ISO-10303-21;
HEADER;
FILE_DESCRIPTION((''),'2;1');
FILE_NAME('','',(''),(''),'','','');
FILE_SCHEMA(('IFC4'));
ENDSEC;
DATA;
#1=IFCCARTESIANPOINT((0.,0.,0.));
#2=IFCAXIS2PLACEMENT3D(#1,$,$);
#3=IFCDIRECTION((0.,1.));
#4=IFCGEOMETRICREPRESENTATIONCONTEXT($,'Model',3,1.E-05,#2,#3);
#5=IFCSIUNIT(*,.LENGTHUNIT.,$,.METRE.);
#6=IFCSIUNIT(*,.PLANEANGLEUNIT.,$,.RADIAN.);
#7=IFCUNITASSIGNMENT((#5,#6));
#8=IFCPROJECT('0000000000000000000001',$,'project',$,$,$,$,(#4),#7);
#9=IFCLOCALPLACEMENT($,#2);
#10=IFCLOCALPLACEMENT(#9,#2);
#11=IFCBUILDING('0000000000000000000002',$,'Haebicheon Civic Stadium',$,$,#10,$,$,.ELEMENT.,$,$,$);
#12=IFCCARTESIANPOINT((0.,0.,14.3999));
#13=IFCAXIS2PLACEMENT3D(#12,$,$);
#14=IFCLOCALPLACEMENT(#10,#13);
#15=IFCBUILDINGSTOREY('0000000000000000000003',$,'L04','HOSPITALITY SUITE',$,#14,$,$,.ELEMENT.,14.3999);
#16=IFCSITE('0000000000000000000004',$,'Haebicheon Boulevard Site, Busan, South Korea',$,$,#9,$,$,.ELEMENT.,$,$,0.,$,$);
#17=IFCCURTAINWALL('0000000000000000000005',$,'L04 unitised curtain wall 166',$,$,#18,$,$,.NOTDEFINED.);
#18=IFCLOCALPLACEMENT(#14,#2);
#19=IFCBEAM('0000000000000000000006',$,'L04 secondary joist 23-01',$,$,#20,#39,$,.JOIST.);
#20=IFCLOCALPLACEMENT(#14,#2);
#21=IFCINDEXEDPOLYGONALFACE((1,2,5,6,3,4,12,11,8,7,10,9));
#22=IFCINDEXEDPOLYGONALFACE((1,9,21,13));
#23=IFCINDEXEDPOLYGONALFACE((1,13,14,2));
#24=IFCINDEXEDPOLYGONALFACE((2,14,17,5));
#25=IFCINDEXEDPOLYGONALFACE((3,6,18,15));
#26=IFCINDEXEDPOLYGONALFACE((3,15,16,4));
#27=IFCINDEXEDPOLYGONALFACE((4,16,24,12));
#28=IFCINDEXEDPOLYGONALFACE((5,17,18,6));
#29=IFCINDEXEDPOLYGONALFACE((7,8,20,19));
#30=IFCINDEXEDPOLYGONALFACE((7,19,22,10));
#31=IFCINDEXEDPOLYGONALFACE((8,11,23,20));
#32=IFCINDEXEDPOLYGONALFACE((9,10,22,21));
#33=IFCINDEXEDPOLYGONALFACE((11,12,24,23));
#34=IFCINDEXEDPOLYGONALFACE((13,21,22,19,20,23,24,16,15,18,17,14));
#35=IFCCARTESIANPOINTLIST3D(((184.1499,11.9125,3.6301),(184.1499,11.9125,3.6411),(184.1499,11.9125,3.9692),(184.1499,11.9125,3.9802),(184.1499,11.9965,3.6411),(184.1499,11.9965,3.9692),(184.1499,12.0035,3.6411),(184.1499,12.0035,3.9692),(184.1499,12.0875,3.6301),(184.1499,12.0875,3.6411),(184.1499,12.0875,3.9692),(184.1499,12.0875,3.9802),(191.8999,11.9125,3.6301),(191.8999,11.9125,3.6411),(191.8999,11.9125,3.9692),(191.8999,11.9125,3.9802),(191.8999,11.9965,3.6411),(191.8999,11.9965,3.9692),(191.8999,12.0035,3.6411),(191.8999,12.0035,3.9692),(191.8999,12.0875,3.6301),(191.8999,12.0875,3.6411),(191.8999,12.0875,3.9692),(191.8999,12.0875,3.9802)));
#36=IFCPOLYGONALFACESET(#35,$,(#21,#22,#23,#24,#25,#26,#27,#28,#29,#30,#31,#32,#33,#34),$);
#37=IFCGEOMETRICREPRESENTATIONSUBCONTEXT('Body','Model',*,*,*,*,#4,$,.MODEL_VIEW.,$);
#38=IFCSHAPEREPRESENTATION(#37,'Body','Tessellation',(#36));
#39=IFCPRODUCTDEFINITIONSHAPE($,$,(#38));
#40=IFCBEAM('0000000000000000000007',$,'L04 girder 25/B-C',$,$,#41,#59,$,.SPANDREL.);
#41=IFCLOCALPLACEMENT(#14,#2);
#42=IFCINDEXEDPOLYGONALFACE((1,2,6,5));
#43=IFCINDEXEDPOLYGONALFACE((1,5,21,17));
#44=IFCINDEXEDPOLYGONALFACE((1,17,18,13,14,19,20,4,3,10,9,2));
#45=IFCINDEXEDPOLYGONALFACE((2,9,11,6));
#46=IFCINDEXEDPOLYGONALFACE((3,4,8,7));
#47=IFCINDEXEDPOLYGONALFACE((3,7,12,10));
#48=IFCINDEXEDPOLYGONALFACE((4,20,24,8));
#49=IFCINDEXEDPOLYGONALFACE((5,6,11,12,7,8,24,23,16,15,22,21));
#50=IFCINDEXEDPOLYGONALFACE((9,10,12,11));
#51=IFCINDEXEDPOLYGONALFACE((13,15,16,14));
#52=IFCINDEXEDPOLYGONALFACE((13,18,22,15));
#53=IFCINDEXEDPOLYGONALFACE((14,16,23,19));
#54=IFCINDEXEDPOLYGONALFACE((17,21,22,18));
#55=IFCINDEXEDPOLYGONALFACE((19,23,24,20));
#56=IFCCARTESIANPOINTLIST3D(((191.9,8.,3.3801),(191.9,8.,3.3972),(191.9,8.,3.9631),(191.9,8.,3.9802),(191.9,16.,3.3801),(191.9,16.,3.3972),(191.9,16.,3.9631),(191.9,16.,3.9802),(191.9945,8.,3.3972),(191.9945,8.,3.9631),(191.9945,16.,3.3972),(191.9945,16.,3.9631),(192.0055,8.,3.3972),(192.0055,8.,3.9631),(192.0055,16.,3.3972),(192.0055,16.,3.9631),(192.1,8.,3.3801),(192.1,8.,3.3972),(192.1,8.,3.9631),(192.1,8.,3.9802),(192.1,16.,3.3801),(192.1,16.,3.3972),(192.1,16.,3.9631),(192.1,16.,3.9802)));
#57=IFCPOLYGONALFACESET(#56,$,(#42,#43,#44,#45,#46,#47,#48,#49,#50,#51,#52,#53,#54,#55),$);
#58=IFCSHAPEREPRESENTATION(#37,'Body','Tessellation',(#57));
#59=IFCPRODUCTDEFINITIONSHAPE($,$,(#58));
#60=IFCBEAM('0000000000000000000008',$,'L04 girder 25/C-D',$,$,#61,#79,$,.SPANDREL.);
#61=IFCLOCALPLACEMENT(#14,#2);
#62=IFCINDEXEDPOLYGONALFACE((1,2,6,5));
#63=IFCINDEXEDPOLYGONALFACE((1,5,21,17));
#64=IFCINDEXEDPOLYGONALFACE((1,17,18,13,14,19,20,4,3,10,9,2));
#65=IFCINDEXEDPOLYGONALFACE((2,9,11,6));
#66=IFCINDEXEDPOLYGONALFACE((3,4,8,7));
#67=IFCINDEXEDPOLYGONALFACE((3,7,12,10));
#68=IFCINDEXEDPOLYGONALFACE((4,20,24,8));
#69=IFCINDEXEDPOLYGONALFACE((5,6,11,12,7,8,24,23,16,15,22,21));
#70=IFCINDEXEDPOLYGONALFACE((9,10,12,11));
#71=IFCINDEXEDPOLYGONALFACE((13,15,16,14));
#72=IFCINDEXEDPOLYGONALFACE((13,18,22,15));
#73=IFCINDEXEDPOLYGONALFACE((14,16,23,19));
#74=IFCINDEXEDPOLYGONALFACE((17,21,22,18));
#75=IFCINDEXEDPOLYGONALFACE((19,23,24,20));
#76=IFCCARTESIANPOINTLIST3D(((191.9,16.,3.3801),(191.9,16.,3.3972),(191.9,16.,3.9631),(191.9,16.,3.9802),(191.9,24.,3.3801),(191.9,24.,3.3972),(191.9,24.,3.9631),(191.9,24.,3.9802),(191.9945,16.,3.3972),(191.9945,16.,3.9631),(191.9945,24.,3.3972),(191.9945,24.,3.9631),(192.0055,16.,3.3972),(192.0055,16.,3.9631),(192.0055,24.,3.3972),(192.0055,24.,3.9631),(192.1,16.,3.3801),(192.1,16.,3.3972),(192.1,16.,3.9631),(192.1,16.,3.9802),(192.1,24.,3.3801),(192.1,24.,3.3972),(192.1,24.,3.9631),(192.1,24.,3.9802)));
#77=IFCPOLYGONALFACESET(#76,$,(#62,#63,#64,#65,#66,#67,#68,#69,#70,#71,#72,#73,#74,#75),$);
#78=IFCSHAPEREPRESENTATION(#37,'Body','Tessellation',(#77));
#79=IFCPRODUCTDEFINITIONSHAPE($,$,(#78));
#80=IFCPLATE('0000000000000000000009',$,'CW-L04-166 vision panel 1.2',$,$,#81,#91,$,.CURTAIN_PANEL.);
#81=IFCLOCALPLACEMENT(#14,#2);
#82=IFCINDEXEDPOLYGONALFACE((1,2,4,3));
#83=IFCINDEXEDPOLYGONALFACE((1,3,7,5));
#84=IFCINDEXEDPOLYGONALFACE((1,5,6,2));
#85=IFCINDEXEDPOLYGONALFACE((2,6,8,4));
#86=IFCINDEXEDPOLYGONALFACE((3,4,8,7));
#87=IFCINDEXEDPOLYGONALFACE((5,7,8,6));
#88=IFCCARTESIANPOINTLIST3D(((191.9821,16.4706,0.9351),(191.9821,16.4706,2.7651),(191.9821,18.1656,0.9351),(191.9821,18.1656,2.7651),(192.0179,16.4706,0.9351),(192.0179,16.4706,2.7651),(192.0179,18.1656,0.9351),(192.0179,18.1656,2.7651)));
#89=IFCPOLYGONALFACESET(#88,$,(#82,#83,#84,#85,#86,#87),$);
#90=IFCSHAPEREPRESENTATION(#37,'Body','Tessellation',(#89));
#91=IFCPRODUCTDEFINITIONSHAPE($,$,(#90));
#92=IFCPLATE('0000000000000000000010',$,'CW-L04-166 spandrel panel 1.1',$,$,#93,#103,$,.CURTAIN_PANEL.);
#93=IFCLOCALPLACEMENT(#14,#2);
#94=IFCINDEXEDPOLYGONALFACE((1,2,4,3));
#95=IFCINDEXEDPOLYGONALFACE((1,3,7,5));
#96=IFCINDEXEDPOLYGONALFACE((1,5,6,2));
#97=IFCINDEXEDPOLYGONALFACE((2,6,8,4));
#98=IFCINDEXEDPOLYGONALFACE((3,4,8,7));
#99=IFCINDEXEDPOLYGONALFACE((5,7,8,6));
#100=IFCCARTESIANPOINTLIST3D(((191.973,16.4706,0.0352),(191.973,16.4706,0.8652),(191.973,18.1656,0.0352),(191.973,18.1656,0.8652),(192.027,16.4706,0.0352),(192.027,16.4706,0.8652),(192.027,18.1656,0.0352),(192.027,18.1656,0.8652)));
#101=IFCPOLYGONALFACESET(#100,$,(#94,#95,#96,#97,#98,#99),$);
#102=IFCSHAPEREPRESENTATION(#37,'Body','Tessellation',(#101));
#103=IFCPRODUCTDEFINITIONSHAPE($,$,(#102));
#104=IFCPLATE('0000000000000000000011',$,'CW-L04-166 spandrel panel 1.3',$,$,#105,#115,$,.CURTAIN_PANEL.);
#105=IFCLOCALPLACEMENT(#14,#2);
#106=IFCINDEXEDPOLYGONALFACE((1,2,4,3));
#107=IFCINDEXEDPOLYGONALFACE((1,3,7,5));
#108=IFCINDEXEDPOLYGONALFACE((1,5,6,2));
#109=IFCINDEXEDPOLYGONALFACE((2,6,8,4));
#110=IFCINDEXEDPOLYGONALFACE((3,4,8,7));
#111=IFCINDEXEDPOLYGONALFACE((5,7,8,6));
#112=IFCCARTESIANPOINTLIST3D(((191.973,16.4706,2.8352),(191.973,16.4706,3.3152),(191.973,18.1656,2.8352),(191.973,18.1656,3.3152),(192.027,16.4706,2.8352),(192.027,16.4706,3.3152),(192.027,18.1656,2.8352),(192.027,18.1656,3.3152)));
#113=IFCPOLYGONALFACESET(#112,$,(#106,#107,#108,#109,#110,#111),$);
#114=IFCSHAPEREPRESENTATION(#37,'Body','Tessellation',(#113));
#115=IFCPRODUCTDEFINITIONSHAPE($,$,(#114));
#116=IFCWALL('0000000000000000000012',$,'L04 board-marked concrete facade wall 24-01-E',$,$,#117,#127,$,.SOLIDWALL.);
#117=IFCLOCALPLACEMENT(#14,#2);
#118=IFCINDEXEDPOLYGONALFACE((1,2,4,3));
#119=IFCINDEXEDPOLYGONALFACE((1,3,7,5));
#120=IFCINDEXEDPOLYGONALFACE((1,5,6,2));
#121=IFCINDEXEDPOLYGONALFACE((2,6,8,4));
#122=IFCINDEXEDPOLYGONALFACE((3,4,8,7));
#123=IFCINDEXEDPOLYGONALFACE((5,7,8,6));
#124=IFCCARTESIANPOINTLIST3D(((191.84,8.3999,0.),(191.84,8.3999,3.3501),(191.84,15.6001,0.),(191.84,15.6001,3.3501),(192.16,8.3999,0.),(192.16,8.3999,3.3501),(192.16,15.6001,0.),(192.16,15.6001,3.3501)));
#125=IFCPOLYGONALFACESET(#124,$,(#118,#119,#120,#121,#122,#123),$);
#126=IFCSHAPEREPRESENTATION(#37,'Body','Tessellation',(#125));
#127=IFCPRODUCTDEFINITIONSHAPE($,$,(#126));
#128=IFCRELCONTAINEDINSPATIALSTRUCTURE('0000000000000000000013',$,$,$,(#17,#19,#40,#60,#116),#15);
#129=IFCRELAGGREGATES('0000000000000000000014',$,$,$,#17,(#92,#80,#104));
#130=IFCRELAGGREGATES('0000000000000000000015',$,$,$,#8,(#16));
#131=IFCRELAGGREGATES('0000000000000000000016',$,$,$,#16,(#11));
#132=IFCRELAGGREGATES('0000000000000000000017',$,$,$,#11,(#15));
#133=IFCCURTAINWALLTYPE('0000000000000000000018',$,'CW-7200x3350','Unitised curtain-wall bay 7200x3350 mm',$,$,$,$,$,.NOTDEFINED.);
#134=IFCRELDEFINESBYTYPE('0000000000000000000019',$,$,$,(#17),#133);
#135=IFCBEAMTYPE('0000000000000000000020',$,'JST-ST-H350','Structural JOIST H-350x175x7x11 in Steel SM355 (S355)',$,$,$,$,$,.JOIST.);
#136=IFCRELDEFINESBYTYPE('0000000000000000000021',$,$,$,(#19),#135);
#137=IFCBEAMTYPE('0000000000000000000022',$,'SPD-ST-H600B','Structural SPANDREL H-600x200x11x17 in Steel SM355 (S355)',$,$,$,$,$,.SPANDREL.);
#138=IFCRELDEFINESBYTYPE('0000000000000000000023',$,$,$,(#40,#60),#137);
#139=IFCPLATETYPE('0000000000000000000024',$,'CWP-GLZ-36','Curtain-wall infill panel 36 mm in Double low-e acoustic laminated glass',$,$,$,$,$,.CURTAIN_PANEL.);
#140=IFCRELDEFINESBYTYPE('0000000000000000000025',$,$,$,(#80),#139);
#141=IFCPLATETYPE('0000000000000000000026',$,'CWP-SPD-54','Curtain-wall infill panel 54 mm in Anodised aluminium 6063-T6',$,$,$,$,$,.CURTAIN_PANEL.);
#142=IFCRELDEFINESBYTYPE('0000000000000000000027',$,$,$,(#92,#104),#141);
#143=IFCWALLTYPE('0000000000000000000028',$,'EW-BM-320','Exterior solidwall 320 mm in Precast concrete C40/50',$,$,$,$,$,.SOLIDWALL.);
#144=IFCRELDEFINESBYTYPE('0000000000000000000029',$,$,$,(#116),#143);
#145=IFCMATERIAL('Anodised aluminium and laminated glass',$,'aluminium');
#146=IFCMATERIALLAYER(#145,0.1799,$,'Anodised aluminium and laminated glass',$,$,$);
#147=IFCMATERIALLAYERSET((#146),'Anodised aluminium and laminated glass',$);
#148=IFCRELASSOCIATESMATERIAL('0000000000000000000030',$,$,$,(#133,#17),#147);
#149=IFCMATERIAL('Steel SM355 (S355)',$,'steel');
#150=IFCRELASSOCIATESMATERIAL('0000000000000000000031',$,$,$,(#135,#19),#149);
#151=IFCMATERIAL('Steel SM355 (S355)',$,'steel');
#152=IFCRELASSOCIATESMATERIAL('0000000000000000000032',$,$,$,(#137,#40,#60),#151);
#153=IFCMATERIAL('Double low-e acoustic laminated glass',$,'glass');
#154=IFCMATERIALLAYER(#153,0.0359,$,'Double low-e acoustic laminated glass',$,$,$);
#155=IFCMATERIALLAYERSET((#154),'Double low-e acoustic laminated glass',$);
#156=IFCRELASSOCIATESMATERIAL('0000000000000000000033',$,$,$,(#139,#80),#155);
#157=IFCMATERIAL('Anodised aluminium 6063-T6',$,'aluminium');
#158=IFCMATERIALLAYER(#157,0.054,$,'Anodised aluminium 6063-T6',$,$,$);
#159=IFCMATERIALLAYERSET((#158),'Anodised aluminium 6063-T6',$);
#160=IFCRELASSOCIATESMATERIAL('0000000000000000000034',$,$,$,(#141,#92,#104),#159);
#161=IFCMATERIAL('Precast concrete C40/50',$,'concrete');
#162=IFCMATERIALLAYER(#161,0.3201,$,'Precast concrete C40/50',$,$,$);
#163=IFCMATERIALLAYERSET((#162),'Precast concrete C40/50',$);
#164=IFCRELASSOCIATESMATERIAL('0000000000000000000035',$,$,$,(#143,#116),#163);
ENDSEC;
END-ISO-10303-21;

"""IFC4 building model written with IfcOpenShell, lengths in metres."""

from ifc_helpers import new_model, si_unit, direction, frame, frame_2d, origin, origin_2d, place, context, subcontext, project, spatial, rectangle, i_section, extrude, material, layer, layer_set, material_profile, profile_set, type_object, element, aggregate, save


model = new_model("IFC4")

# Units and contexts
model_context = context("Model", 3, precision=1e-05, world=origin(), true_north=direction((0.0, 1.0)))
body_context = subcontext(model_context, "Body", "Model", "MODEL_VIEW")
ifc_project = project(units=[si_unit("LENGTHUNIT", "METRE"), si_unit("PLANEANGLEUNIT", "RADIAN")], contexts=[model_context])

# Site, building, storey
site_placement = place(None, origin())
site = spatial("IfcSite", under=ifc_project, at=site_placement, Name="Haebicheon Boulevard Site, Busan, South Korea", CompositionType="ELEMENT", RefElevation=0.0)
building_placement = place(site_placement, origin())
building = spatial("IfcBuilding", under=site, at=building_placement, Name="Haebicheon Civic Stadium", CompositionType="ELEMENT")
storey_placement = place(building_placement, frame((0.0, 0.0, 14.3999)))
storey = spatial("IfcBuildingStorey", under=building, at=storey_placement, Name="L04", Description="HOSPITALITY SUITE", CompositionType="ELEMENT", Elevation=14.3999)

# Curtain wall
ifc_material_1 = material(Name="Anodised aluminium and laminated glass", Category="aluminium")
ifc_layer_1 = layer(ifc_material_1, 0.1799, Name="Anodised aluminium and laminated glass")
ifc_layer_set_1 = layer_set([ifc_layer_1], Name="Anodised aluminium and laminated glass")
curtain_wall_type = type_object("IfcCurtainWallType", Name="CW-7200x3350", Description="Unitised curtain-wall bay 7200x3350 mm", PredefinedType="NOTDEFINED", material=ifc_layer_set_1)
curtain_wall_placement = place(storey_placement, origin())
curtain_wall = element("IfcCurtainWall", 1, at=curtain_wall_placement, inside=storey, type_object=curtain_wall_type, material=ifc_layer_set_1, Name="L04 unitised curtain wall 166", PredefinedType="NOTDEFINED")

# Beams
ifc_material_2 = material(Name="Steel SM355 (S355)", Category="steel")
ifc_material_profile_1 = material_profile(ifc_material_2, i_section(OverallWidth=0.175, OverallDepth=0.3501, WebThickness=0.0071, FlangeThickness=0.011, at=origin_2d()), Name="H-350x175x7x11")
ifc_profile_set_1 = profile_set([ifc_material_profile_1], Name="Steel SM355 (S355)")
beam_type_1 = type_object("IfcBeamType", Name="JST-ST-H350", Description="Structural JOIST H-350x175x7x11 in Steel SM355 (S355)", PredefinedType="JOIST", material=ifc_profile_set_1)
beam_1_placement = place(storey_placement, frame((184.1499, 12.0, 3.8052), z_axis=(1.0, 0.0, 0.0), x_axis=(0.0, 1.0, 0.0)))
element("IfcBeam", 2, at=beam_1_placement, inside=storey, type_object=beam_type_1, material=ifc_profile_set_1, Name="L04 secondary joist 23-01", PredefinedType="JOIST", context=body_context, shape_type="SweptSolid", body=[
    extrude(i_section(OverallWidth=0.175, OverallDepth=0.3501, WebThickness=0.0071, FlangeThickness=0.011, at=origin_2d()), origin(), (0.0, 0.0, 1.0), 7.75),
])
ifc_material_3 = material(Name="Steel SM355 (S355)", Category="steel")
ifc_material_profile_2 = material_profile(ifc_material_3, i_section(OverallWidth=0.2, OverallDepth=0.6001, WebThickness=0.011, FlangeThickness=0.0171, at=origin_2d()), Name="H-600x200x11x17")
ifc_profile_set_2 = profile_set([ifc_material_profile_2], Name="Steel SM355 (S355)")
beam_type_2 = type_object("IfcBeamType", Name="SPD-ST-H600B", Description="Structural SPANDREL H-600x200x11x17 in Steel SM355 (S355)", PredefinedType="SPANDREL", material=ifc_profile_set_2)
for number, where, z_axis, x_axis, name in (
    (3, (192.0, 8.0, 3.6802), (0.0, 1.0, 0.0), (-1.0, 0.0, 0.0), "L04 girder 25/B-C"),
    (4, (192.0, 16.0, 3.6802), (0.0, 1.0, 0.0), (-1.0, 0.0, 0.0), "L04 girder 25/C-D"),
):
    element("IfcBeam", number, at=place(storey_placement, frame(where, z_axis=z_axis, x_axis=x_axis)), inside=storey, type_object=beam_type_2, material=ifc_profile_set_2, Name=name, PredefinedType="SPANDREL", context=body_context, shape_type="SweptSolid", body=[
        extrude(i_section(OverallWidth=0.2, OverallDepth=0.6001, WebThickness=0.011, FlangeThickness=0.0171, at=origin_2d()), origin(), (0.0, 0.0, 1.0), 8.0),
    ])

# Plates
ifc_material_4 = material(Name="Double low-e acoustic laminated glass", Category="glass")
ifc_layer_2 = layer(ifc_material_4, 0.0359, Name="Double low-e acoustic laminated glass")
ifc_layer_set_2 = layer_set([ifc_layer_2], Name="Double low-e acoustic laminated glass")
plate_type_1 = type_object("IfcPlateType", Name="CWP-GLZ-36", Description="Curtain-wall infill panel 36 mm in Double low-e acoustic laminated glass", PredefinedType="CURTAIN_PANEL", material=ifc_layer_set_2)
plate_1_placement = place(storey_placement, frame((192.0, 17.3181, 0.9351), z_axis=(0.0, 0.0, 1.0), x_axis=(0.0, 1.0, 0.0)))
plate_1 = element("IfcPlate", 5, at=plate_1_placement, type_object=plate_type_1, material=ifc_layer_set_2, Name="CW-L04-166 vision panel 1.2", PredefinedType="CURTAIN_PANEL", context=body_context, shape_type="SweptSolid", body=[
    extrude(rectangle(XDim=1.6951, YDim=0.0359, at=origin_2d()), origin(), (0.0, 0.0, 1.0), 1.8301),
])
ifc_material_5 = material(Name="Anodised aluminium 6063-T6", Category="aluminium")
ifc_layer_3 = layer(ifc_material_5, 0.054, Name="Anodised aluminium 6063-T6")
ifc_layer_set_3 = layer_set([ifc_layer_3], Name="Anodised aluminium 6063-T6")
plate_type_2 = type_object("IfcPlateType", Name="CWP-SPD-54", Description="Curtain-wall infill panel 54 mm in Anodised aluminium 6063-T6", PredefinedType="CURTAIN_PANEL", material=ifc_layer_set_3)
plate_2_placement = place(storey_placement, frame((192.0, 17.3181, 0.0352), z_axis=(0.0, 0.0, 1.0), x_axis=(0.0, 1.0, 0.0)))
plate_2 = element("IfcPlate", 6, at=plate_2_placement, type_object=plate_type_2, material=ifc_layer_set_3, Name="CW-L04-166 spandrel panel 1.1", PredefinedType="CURTAIN_PANEL", context=body_context, shape_type="SweptSolid", body=[
    extrude(rectangle(XDim=1.6951, YDim=0.054, at=origin_2d()), origin(), (0.0, 0.0, 1.0), 0.8301),
])
plate_3_placement = place(storey_placement, frame((192.0, 17.3181, 2.8352), z_axis=(0.0, 0.0, 1.0), x_axis=(0.0, 1.0, 0.0)))
plate_3 = element("IfcPlate", 7, at=plate_3_placement, type_object=plate_type_2, material=ifc_layer_set_3, Name="CW-L04-166 spandrel panel 1.3", PredefinedType="CURTAIN_PANEL", context=body_context, shape_type="SweptSolid", body=[
    extrude(rectangle(XDim=1.6951, YDim=0.054, at=origin_2d()), origin(), (0.0, 0.0, 1.0), 0.48),
])
aggregate(curtain_wall, [plate_2, plate_1, plate_3])

# Wall
ifc_material_6 = material(Name="Precast concrete C40/50", Category="concrete")
ifc_layer_4 = layer(ifc_material_6, 0.3201, Name="Precast concrete C40/50")
ifc_layer_set_4 = layer_set([ifc_layer_4], Name="Precast concrete C40/50")
wall_type = type_object("IfcWallType", Name="EW-BM-320", Description="Exterior solidwall 320 mm in Precast concrete C40/50", PredefinedType="SOLIDWALL", material=ifc_layer_set_4)
wall_placement = place(storey_placement, frame((192.0, 8.3999, 0.0), z_axis=(0.0, 0.0, 1.0), x_axis=(0.0, 1.0, 0.0)))
element("IfcWall", 8, at=wall_placement, inside=storey, type_object=wall_type, material=ifc_layer_set_4, Name="L04 board-marked concrete facade wall 24-01-E", PredefinedType="SOLIDWALL", context=body_context, shape_type="SweptSolid", body=[
    extrude(rectangle(XDim=7.2002, YDim=0.3201, at=frame_2d((3.6001, 0.0))), origin(), (0.0, 0.0, 1.0), 3.3501),
])

save(model, "model.ifc")
